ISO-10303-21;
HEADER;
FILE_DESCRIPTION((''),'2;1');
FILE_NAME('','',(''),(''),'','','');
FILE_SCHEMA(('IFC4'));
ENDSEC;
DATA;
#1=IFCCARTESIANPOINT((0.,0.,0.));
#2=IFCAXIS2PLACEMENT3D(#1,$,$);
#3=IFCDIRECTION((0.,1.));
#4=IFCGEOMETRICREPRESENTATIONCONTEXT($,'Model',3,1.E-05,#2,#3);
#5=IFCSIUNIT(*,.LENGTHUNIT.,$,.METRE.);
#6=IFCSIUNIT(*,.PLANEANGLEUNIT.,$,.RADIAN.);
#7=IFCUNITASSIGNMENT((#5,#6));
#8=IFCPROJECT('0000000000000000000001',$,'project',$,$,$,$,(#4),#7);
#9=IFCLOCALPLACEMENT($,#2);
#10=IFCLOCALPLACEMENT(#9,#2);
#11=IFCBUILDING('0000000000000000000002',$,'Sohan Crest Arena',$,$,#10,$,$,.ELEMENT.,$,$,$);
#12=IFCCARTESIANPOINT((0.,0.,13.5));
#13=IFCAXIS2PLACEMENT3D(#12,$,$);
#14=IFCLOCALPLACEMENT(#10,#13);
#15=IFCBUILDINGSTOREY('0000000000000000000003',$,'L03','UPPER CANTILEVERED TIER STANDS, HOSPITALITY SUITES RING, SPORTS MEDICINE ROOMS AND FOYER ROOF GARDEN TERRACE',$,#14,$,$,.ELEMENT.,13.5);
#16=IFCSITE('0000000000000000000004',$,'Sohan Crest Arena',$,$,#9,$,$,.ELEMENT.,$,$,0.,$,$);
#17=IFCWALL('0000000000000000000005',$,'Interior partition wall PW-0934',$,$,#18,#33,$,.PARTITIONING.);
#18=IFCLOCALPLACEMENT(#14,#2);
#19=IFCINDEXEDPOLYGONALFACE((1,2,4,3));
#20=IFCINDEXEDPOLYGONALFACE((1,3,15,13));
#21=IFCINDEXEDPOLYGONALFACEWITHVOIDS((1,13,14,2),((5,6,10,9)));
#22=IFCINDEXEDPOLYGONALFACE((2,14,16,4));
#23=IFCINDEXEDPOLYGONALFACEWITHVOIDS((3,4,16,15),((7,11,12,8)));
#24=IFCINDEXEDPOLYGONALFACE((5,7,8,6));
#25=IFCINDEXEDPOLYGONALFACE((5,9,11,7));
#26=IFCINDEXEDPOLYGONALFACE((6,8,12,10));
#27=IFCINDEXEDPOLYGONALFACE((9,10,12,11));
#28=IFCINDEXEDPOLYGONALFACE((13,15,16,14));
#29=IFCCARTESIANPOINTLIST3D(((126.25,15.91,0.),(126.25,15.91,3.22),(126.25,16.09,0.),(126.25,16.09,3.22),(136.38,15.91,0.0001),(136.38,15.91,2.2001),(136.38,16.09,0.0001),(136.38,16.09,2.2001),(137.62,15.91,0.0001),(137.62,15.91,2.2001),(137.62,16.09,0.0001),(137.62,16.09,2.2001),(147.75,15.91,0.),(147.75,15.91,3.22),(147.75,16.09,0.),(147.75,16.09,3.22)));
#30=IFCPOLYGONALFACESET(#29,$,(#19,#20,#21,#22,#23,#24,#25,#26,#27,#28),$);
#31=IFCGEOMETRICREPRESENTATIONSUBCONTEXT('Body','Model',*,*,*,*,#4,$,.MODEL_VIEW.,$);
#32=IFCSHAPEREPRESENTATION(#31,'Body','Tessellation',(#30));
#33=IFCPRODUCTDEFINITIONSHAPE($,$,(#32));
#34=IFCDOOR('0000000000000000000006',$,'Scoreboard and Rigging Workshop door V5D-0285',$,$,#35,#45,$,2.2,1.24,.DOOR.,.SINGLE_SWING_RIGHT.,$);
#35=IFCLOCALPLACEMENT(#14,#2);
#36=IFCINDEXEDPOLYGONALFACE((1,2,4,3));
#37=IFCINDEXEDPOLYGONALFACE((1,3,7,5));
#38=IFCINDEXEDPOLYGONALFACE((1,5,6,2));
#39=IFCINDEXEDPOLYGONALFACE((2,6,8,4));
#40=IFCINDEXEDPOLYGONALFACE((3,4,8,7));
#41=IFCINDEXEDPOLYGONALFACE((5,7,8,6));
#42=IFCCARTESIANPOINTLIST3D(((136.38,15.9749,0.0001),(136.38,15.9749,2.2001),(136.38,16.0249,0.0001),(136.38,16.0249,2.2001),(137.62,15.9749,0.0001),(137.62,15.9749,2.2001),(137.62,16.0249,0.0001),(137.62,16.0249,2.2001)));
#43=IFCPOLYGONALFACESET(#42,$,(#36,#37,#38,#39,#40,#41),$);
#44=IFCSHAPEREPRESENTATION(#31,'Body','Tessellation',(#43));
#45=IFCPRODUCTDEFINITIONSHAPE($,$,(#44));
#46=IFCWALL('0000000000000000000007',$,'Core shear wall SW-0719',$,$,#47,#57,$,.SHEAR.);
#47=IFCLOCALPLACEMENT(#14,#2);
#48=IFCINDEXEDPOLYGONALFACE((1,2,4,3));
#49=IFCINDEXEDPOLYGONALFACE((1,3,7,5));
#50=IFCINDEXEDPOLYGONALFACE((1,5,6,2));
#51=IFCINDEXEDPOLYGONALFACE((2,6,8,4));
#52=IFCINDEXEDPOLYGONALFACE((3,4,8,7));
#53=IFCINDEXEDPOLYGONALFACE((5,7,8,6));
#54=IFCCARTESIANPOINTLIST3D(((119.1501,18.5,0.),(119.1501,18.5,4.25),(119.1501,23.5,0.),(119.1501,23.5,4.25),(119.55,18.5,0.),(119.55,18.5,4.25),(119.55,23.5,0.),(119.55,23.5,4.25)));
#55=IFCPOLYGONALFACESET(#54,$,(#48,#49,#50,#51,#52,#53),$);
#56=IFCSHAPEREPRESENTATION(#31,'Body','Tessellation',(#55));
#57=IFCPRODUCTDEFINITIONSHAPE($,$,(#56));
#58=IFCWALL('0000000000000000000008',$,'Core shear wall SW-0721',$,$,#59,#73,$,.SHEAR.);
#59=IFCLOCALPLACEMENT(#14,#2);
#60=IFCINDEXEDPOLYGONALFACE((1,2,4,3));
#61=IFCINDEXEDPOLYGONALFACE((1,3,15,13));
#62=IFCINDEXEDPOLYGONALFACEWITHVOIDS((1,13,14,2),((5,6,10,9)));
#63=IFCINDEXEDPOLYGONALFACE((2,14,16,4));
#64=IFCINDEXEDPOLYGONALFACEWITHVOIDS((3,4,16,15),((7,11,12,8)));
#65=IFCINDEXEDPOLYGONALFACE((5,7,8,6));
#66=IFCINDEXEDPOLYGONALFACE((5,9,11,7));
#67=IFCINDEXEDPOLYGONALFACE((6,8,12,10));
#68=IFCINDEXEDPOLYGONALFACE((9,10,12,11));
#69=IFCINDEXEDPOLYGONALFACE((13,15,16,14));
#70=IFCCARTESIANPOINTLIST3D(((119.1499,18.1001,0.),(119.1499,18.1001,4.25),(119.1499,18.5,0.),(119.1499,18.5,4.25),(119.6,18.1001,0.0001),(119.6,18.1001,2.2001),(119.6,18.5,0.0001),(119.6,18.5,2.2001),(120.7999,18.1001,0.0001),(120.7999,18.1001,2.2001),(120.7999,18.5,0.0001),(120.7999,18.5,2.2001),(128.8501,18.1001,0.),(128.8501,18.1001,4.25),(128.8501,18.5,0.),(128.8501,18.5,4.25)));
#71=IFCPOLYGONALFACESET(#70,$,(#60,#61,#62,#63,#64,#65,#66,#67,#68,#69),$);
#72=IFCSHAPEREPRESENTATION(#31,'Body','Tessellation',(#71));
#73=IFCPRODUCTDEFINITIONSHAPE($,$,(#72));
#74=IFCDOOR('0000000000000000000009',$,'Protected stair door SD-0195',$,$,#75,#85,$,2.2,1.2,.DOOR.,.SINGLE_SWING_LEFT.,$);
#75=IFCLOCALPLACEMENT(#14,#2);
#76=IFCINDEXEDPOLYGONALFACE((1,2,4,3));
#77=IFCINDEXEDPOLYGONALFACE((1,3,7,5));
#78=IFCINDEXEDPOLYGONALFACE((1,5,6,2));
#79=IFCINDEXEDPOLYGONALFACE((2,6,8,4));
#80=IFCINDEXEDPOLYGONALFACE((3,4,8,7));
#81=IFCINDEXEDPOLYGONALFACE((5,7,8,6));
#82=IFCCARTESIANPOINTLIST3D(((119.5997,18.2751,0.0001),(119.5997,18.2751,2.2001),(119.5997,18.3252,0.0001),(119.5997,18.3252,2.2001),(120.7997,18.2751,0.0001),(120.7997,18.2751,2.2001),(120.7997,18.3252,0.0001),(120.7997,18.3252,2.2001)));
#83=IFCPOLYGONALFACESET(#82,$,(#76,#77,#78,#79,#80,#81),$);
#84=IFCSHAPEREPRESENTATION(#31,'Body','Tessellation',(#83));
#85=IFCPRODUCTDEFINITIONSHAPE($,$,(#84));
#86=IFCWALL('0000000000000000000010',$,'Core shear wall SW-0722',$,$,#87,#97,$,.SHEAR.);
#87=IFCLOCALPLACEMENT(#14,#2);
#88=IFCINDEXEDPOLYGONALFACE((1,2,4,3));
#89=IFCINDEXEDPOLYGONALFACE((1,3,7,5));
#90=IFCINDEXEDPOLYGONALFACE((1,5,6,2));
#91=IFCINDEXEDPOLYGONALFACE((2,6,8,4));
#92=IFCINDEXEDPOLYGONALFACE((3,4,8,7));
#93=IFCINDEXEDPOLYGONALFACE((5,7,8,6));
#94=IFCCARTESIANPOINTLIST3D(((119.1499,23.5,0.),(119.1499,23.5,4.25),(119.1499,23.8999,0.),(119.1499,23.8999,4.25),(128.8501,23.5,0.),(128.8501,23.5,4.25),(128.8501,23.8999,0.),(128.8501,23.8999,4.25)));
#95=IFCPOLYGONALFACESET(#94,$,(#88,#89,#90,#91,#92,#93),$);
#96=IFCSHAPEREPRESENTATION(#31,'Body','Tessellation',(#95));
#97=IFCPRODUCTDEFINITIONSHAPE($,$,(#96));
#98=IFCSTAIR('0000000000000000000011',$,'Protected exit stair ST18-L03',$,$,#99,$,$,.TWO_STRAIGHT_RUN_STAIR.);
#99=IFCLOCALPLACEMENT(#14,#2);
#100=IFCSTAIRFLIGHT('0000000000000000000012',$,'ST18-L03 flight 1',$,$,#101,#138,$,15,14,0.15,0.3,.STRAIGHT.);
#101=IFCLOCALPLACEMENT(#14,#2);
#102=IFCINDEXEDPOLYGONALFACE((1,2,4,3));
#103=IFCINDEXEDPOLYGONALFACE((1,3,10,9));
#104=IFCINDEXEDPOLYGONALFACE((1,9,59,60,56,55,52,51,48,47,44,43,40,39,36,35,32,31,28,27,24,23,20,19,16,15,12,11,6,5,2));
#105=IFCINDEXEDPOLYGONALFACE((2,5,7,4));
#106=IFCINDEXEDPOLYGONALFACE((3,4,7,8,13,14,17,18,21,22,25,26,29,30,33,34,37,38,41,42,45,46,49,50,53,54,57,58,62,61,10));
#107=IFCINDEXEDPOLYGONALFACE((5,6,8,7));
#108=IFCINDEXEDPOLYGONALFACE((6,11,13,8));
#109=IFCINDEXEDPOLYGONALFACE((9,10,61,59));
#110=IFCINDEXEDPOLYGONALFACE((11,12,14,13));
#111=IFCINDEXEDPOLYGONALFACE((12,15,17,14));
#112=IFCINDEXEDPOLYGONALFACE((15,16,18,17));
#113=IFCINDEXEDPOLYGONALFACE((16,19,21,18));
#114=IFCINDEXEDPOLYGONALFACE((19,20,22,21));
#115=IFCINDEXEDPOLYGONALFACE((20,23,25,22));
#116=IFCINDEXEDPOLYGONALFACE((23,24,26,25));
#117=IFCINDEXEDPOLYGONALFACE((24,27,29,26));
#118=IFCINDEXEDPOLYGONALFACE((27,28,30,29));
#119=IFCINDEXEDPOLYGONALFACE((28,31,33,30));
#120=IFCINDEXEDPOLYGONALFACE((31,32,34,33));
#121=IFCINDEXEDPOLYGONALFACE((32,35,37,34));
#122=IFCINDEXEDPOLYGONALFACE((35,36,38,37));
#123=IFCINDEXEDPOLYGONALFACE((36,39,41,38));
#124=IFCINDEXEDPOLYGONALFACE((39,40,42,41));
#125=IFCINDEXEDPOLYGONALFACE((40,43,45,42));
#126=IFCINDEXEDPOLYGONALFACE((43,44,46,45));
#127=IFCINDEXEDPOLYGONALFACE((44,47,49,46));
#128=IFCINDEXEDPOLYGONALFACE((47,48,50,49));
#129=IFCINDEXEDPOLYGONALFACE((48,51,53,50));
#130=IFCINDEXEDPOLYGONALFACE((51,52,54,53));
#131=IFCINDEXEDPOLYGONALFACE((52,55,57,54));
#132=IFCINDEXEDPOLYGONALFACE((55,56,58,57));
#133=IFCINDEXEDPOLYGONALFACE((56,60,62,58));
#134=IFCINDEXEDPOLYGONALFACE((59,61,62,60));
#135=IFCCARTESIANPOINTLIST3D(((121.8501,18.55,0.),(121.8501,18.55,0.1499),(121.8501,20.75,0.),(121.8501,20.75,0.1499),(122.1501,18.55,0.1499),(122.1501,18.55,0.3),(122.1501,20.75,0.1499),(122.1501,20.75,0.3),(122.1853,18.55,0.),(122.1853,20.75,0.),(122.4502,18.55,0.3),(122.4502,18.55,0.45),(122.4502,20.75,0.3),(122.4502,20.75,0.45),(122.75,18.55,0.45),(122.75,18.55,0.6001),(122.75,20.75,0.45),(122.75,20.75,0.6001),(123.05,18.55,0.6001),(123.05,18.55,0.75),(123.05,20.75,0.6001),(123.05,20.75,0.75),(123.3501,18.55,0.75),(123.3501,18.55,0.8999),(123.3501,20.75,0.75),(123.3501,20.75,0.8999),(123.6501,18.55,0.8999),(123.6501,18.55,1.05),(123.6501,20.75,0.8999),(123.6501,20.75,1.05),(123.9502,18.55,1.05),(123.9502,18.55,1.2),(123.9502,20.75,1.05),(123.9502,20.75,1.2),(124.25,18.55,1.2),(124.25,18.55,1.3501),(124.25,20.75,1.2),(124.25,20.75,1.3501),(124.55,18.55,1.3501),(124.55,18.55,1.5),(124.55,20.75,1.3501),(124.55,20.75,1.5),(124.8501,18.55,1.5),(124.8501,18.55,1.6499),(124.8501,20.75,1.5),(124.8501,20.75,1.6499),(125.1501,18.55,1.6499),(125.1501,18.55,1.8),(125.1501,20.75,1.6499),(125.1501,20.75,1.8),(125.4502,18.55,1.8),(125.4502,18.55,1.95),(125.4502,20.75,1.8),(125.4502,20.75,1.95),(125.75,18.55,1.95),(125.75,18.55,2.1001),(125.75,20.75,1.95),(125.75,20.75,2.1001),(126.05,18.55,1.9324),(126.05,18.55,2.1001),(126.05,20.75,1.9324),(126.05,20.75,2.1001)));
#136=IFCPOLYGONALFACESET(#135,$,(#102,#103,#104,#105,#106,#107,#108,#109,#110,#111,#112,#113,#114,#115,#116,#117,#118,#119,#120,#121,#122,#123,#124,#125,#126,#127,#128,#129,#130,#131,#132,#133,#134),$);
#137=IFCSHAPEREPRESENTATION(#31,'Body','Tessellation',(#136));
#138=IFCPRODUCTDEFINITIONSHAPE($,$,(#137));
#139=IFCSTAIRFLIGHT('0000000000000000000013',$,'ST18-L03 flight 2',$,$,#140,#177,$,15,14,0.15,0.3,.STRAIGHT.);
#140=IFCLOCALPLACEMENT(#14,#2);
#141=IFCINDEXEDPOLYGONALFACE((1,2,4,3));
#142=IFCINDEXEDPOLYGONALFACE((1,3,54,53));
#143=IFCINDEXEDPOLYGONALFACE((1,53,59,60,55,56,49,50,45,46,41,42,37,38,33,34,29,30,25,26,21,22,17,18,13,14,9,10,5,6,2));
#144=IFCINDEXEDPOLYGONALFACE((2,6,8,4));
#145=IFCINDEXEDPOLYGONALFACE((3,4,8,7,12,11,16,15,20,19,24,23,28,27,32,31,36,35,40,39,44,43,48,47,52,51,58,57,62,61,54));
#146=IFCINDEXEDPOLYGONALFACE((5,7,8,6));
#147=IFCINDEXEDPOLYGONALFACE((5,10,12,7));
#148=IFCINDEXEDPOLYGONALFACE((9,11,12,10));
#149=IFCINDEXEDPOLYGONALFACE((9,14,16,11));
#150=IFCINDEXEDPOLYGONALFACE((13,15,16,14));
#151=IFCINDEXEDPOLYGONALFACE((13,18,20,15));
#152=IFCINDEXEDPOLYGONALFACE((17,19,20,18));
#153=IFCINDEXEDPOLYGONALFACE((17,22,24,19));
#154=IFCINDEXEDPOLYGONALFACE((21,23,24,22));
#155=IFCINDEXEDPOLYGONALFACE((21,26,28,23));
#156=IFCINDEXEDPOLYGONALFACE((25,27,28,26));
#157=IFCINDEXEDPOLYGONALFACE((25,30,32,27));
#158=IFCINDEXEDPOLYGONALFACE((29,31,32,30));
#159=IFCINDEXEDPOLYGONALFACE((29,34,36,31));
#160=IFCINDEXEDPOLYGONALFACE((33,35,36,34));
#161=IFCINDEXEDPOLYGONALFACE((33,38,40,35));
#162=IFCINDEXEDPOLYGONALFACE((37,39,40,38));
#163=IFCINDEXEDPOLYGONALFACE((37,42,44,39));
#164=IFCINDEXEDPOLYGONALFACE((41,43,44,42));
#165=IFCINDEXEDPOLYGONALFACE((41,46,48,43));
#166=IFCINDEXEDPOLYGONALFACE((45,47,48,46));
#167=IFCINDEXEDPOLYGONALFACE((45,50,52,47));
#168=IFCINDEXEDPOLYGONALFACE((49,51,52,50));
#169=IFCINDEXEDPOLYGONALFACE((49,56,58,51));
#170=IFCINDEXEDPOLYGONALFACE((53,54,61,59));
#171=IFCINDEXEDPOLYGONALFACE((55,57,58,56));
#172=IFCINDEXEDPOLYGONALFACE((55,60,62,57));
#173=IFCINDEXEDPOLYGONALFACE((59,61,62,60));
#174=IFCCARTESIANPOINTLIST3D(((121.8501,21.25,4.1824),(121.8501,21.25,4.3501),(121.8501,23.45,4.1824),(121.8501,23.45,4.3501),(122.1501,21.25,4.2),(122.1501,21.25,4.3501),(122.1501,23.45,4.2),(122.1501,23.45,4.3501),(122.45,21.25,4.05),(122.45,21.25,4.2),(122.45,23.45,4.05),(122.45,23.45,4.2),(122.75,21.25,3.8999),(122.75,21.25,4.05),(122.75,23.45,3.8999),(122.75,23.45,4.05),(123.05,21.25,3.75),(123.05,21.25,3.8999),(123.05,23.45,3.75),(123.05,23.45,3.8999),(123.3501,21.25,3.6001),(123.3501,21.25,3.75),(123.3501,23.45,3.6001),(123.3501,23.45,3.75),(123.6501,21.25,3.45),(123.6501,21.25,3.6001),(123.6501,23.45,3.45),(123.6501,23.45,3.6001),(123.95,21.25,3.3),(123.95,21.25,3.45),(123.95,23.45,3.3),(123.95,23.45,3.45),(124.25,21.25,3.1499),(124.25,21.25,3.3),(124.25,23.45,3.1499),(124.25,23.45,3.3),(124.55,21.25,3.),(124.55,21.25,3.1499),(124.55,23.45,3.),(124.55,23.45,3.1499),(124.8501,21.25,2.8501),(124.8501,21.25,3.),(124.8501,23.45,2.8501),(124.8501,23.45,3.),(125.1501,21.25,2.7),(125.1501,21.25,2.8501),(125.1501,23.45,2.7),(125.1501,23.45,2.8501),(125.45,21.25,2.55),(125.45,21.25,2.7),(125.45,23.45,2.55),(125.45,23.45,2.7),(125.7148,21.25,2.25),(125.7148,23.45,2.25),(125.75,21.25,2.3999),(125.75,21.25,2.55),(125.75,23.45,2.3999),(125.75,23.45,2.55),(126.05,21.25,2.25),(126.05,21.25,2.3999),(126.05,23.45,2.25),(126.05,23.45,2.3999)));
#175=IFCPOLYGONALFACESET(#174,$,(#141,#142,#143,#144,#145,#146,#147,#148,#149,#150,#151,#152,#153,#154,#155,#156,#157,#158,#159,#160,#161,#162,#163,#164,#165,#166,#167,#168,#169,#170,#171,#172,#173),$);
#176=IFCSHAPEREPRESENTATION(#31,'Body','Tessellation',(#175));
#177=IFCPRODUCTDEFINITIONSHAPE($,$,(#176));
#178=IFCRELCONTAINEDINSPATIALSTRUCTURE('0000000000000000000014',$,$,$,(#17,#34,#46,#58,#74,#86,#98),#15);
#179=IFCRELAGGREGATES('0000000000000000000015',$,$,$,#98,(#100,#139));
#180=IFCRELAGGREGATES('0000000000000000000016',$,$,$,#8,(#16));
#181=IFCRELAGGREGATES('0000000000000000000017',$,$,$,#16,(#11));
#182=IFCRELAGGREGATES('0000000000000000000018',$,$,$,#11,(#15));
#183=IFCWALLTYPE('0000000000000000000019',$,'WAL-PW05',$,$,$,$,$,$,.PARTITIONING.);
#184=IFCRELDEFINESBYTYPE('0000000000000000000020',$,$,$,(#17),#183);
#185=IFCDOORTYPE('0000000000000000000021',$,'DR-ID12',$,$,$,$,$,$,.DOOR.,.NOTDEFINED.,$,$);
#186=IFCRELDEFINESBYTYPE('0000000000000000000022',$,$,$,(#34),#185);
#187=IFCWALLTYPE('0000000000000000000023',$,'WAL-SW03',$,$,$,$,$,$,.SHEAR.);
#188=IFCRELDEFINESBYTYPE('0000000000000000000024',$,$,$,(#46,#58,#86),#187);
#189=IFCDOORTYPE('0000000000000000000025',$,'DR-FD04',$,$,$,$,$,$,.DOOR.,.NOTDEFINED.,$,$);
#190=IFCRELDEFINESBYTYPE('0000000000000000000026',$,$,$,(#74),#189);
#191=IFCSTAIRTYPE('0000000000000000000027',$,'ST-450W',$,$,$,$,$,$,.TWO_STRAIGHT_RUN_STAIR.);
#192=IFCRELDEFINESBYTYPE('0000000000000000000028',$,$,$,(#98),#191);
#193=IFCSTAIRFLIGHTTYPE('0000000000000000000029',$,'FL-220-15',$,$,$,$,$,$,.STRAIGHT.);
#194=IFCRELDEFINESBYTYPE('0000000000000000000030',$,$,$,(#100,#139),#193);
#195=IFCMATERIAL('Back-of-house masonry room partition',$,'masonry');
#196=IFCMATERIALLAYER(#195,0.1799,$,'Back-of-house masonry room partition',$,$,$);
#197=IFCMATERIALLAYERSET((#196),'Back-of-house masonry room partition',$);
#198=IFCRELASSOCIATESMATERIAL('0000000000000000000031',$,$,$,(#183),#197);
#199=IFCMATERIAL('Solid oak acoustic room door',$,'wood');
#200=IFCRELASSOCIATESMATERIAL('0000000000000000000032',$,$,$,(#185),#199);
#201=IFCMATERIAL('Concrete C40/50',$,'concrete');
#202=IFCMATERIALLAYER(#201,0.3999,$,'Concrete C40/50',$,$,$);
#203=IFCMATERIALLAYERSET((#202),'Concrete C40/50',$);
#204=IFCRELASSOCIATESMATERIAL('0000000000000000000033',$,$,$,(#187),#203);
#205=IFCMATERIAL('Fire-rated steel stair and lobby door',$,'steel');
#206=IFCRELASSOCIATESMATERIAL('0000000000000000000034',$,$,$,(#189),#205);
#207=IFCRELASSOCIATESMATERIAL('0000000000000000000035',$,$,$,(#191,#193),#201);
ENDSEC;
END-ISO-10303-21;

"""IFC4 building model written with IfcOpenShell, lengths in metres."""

from ifc_helpers import new_model, si_unit, direction, frame, frame_2d, origin, place, context, subcontext, project, spatial, polyline, rectangle, outline, extrude, material, layer, layer_set, type_object, element, fill, aggregate, save


model = new_model("IFC4")

# Units and contexts
model_context = context("Model", 3, precision=1e-05, world=origin(), true_north=direction((0.0, 1.0)))
body_context = subcontext(model_context, "Body", "Model", "MODEL_VIEW")
ifc_project = project(units=[si_unit("LENGTHUNIT", "METRE"), si_unit("PLANEANGLEUNIT", "RADIAN")], contexts=[model_context])

# Site, building, storey
site_placement = place(None, origin())
site = spatial("IfcSite", under=ifc_project, at=site_placement, Name="Sohan Crest Arena", CompositionType="ELEMENT", RefElevation=0.0)
building_placement = place(site_placement, origin())
building = spatial("IfcBuilding", under=site, at=building_placement, Name="Sohan Crest Arena", CompositionType="ELEMENT")
storey_placement = place(building_placement, frame((0.0, 0.0, 13.5)))
storey = spatial("IfcBuildingStorey", under=building, at=storey_placement, Name="L03", Description="UPPER CANTILEVERED TIER STANDS, HOSPITALITY SUITES RING, SPORTS MEDICINE ROOMS AND FOYER ROOF GARDEN TERRACE", CompositionType="ELEMENT", Elevation=13.5)

# Shared definitions
ifc_material_1 = material(Name="Back-of-house masonry room partition", Category="masonry")
ifc_layer_1 = layer(ifc_material_1, 0.1799, Name="Back-of-house masonry room partition")
ifc_layer_set_1 = layer_set([ifc_layer_1], Name="Back-of-house masonry room partition")
wall_type_1 = type_object("IfcWallType", Name="WAL-PW05", PredefinedType="PARTITIONING", material=ifc_layer_set_1)

# Wall, opening, door
wall_1_placement = place(storey_placement, frame((126.25, 16.0, 0.0), z_axis=(0.0, 0.0, 1.0), x_axis=(1.0, 0.0, 0.0)))
wall_1 = element("IfcWall", 1, at=wall_1_placement, inside=storey, type_object=wall_type_1, Name="Interior partition wall PW-0934", PredefinedType="PARTITIONING", context=body_context, shape_type="SweptSolid", body=[
    extrude(rectangle(XDim=21.5, YDim=0.1799, at=frame_2d((10.75, 0.0))), origin(), (0.0, 0.0, 1.0), 3.22),
])
opening_1_placement = place(wall_1_placement, frame((10.1299, 0.0, 0.0)))
opening_1 = element("IfcOpeningElement", 2, at=opening_1_placement, cuts=wall_1, PredefinedType="OPENING", context=body_context, shape_type="SweptSolid", body=[
    extrude(rectangle(XDim=1.24, YDim=2.2, at=frame_2d((0.6201, 1.1001))), frame((0.0, 0.0999, 0.0), z_axis=(0.0, -1.0, 0.0), x_axis=(1.0, 0.0, 0.0)), (0.0, 0.0, 1.0), 0.2),
])
ifc_material_2 = material(Name="Solid oak acoustic room door", Category="wood")
door_type_1 = type_object("IfcDoorType", Name="DR-ID12", OperationType="NOTDEFINED", PredefinedType="DOOR", material=ifc_material_2)
door_1_placement = place(opening_1_placement, origin())
door_1 = element("IfcDoor", 3, at=door_1_placement, inside=storey, type_object=door_type_1, Name="Scoreboard and Rigging Workshop door V5D-0285", OperationType="SINGLE_SWING_RIGHT", OverallHeight=2.2, OverallWidth=1.24, PredefinedType="DOOR", context=body_context, shape_type="SweptSolid", body=[
    extrude(rectangle(XDim=1.24, YDim=2.2, at=frame_2d((0.6201, 1.1001))), frame((0.0, 0.0249, 0.0), z_axis=(0.0, -1.0, 0.0), x_axis=(1.0, 0.0, 0.0)), (0.0, 0.0, 1.0), 0.05),
])
fill(opening_1, door_1)

# Wall
ifc_material_3 = material(Name="Concrete C40/50", Category="concrete")
ifc_layer_2 = layer(ifc_material_3, 0.3999, Name="Concrete C40/50")
ifc_layer_set_2 = layer_set([ifc_layer_2], Name="Concrete C40/50")
wall_type_2 = type_object("IfcWallType", Name="WAL-SW03", PredefinedType="SHEAR", material=ifc_layer_set_2)
wall_2_placement = place(storey_placement, frame((119.3501, 18.5, 0.0), z_axis=(0.0, 0.0, 1.0), x_axis=(0.0, 1.0, 0.0)))
element("IfcWall", 4, at=wall_2_placement, inside=storey, type_object=wall_type_2, Name="Core shear wall SW-0719", PredefinedType="SHEAR", context=body_context, shape_type="SweptSolid", body=[
    extrude(rectangle(XDim=5.0, YDim=0.3999, at=frame_2d((2.5, 0.0))), origin(), (0.0, 0.0, 1.0), 4.25),
])

# Wall, opening, door
wall_3_placement = place(storey_placement, frame((119.1499, 18.3, 0.0), z_axis=(0.0, 0.0, 1.0), x_axis=(1.0, 0.0, 0.0)))
wall_3 = element("IfcWall", 5, at=wall_3_placement, inside=storey, type_object=wall_type_2, Name="Core shear wall SW-0721", PredefinedType="SHEAR", context=body_context, shape_type="SweptSolid", body=[
    extrude(rectangle(XDim=9.7002, YDim=0.3999, at=frame_2d((4.8501, 0.0))), origin(), (0.0, 0.0, 1.0), 4.25),
])
opening_2_placement = place(wall_3_placement, frame((0.45, 0.0, 0.0)))
opening_2 = element("IfcOpeningElement", 6, at=opening_2_placement, cuts=wall_3, PredefinedType="OPENING", context=body_context, shape_type="SweptSolid", body=[
    extrude(rectangle(XDim=1.2, YDim=2.2, at=frame_2d((0.6001, 1.1001))), frame((0.0, 0.21, 0.0), z_axis=(0.0, -1.0, 0.0), x_axis=(1.0, 0.0, 0.0)), (0.0, 0.0, 1.0), 0.4199),
])
ifc_material_4 = material(Name="Fire-rated steel stair and lobby door", Category="steel")
door_type_2 = type_object("IfcDoorType", Name="DR-FD04", OperationType="NOTDEFINED", PredefinedType="DOOR", material=ifc_material_4)
door_2_placement = place(opening_2_placement, frame((1.2, 0.0, 0.0), z_axis=(0.0, 0.0, 1.0), x_axis=(-1.0, 0.0, 0.0)))
door_2 = element("IfcDoor", 7, at=door_2_placement, inside=storey, type_object=door_type_2, Name="Protected stair door SD-0195", OperationType="SINGLE_SWING_LEFT", OverallHeight=2.2, OverallWidth=1.2, PredefinedType="DOOR", context=body_context, shape_type="SweptSolid", body=[
    extrude(rectangle(XDim=1.2, YDim=2.2, at=frame_2d((0.6001, 1.1001))), frame((0.0, 0.0249, 0.0), z_axis=(0.0, -1.0, 0.0), x_axis=(1.0, 0.0, 0.0)), (0.0, 0.0, 1.0), 0.05),
])
fill(opening_2, door_2)

# Wall
wall_4_placement = place(storey_placement, frame((119.1499, 23.7, 0.0), z_axis=(0.0, 0.0, 1.0), x_axis=(1.0, 0.0, 0.0)))
element("IfcWall", 8, at=wall_4_placement, inside=storey, type_object=wall_type_2, Name="Core shear wall SW-0722", PredefinedType="SHEAR", context=body_context, shape_type="SweptSolid", body=[
    extrude(rectangle(XDim=9.7002, YDim=0.3999, at=frame_2d((4.8501, 0.0))), origin(), (0.0, 0.0, 1.0), 4.25),
])

# Stair, stair flights
stair_type = type_object("IfcStairType", Name="ST-450W", PredefinedType="TWO_STRAIGHT_RUN_STAIR", material=ifc_material_3)
stair_placement = place(storey_placement, origin())
stair = element("IfcStair", 9, at=stair_placement, inside=storey, type_object=stair_type, Name="Protected exit stair ST18-L03", PredefinedType="TWO_STRAIGHT_RUN_STAIR")
stair_flight_type = type_object("IfcStairFlightType", Name="FL-220-15", PredefinedType="STRAIGHT", material=ifc_material_3)
stair_flight_1_placement = place(storey_placement, frame((121.8501, 19.6499, 0.0), z_axis=(0.0, 0.0, 1.0), x_axis=(1.0, 0.0, 0.0)))
stair_flight_1 = element("IfcStairFlight", 10, at=stair_flight_1_placement, type_object=stair_flight_type, Name="ST18-L03 flight 1", NumberOfRisers=15, NumberOfTreads=14, PredefinedType="STRAIGHT", RiserHeight=0.15, TreadLength=0.3, context=body_context, shape_type="SweptSolid", body=[
    extrude(outline(polyline([(0.0, 0.0), (0.0, 0.1499), (0.3, 0.1499), (0.3, 0.3), (0.6001, 0.3), (0.6001, 0.45), (0.8999, 0.45), (0.8999, 0.6001), (1.2, 0.6001), (1.2, 0.75), (1.5, 0.75), (1.5, 0.8999), (1.8, 0.8999), (1.8, 1.05), (2.1001, 1.05), (2.1001, 1.2), (2.3999, 1.2), (2.3999, 1.3501), (2.7, 1.3501), (2.7, 1.5), (3.0, 1.5), (3.0, 1.6499), (3.3, 1.6499), (3.3, 1.8), (3.6001, 1.8), (3.6001, 1.95), (3.8999, 1.95), (3.8999, 2.1001), (4.2, 2.1001), (4.2, 2.25), (4.2, 1.9324), (0.3352, 0.0), (0.0, 0.0)])), frame((0.0, 1.1001, 0.0), z_axis=(0.0, -1.0, 0.0), x_axis=(1.0, 0.0, 0.0)), (0.0, 0.0, 1.0), 2.2),
])
stair_flight_2_placement = place(storey_placement, frame((126.05, 22.3501, 2.25), z_axis=(0.0, 0.0, 1.0), x_axis=(-1.0, 0.0, 0.0)))
stair_flight_2 = element("IfcStairFlight", 11, at=stair_flight_2_placement, type_object=stair_flight_type, Name="ST18-L03 flight 2", NumberOfRisers=15, NumberOfTreads=14, PredefinedType="STRAIGHT", RiserHeight=0.15, TreadLength=0.3, context=body_context, shape_type="SweptSolid", body=[
    extrude(outline(polyline([(0.0, 0.0), (0.0, 0.1499), (0.3, 0.1499), (0.3, 0.3), (0.6001, 0.3), (0.6001, 0.45), (0.8999, 0.45), (0.8999, 0.6001), (1.2, 0.6001), (1.2, 0.75), (1.5, 0.75), (1.5, 0.8999), (1.8, 0.8999), (1.8, 1.05), (2.1001, 1.05), (2.1001, 1.2), (2.3999, 1.2), (2.3999, 1.3501), (2.7, 1.3501), (2.7, 1.5), (3.0, 1.5), (3.0, 1.6499), (3.3, 1.6499), (3.3, 1.8), (3.6001, 1.8), (3.6001, 1.95), (3.8999, 1.95), (3.8999, 2.1001), (4.2, 2.1001), (4.2, 2.25), (4.2, 1.9324), (0.3352, 0.0), (0.0, 0.0)])), frame((0.0, 1.1001, 0.0), z_axis=(0.0, -1.0, 0.0), x_axis=(1.0, 0.0, 0.0)), (0.0, 0.0, 1.0), 2.2),
])
aggregate(stair, [stair_flight_1, stair_flight_2])

save(model, "model.ifc")
